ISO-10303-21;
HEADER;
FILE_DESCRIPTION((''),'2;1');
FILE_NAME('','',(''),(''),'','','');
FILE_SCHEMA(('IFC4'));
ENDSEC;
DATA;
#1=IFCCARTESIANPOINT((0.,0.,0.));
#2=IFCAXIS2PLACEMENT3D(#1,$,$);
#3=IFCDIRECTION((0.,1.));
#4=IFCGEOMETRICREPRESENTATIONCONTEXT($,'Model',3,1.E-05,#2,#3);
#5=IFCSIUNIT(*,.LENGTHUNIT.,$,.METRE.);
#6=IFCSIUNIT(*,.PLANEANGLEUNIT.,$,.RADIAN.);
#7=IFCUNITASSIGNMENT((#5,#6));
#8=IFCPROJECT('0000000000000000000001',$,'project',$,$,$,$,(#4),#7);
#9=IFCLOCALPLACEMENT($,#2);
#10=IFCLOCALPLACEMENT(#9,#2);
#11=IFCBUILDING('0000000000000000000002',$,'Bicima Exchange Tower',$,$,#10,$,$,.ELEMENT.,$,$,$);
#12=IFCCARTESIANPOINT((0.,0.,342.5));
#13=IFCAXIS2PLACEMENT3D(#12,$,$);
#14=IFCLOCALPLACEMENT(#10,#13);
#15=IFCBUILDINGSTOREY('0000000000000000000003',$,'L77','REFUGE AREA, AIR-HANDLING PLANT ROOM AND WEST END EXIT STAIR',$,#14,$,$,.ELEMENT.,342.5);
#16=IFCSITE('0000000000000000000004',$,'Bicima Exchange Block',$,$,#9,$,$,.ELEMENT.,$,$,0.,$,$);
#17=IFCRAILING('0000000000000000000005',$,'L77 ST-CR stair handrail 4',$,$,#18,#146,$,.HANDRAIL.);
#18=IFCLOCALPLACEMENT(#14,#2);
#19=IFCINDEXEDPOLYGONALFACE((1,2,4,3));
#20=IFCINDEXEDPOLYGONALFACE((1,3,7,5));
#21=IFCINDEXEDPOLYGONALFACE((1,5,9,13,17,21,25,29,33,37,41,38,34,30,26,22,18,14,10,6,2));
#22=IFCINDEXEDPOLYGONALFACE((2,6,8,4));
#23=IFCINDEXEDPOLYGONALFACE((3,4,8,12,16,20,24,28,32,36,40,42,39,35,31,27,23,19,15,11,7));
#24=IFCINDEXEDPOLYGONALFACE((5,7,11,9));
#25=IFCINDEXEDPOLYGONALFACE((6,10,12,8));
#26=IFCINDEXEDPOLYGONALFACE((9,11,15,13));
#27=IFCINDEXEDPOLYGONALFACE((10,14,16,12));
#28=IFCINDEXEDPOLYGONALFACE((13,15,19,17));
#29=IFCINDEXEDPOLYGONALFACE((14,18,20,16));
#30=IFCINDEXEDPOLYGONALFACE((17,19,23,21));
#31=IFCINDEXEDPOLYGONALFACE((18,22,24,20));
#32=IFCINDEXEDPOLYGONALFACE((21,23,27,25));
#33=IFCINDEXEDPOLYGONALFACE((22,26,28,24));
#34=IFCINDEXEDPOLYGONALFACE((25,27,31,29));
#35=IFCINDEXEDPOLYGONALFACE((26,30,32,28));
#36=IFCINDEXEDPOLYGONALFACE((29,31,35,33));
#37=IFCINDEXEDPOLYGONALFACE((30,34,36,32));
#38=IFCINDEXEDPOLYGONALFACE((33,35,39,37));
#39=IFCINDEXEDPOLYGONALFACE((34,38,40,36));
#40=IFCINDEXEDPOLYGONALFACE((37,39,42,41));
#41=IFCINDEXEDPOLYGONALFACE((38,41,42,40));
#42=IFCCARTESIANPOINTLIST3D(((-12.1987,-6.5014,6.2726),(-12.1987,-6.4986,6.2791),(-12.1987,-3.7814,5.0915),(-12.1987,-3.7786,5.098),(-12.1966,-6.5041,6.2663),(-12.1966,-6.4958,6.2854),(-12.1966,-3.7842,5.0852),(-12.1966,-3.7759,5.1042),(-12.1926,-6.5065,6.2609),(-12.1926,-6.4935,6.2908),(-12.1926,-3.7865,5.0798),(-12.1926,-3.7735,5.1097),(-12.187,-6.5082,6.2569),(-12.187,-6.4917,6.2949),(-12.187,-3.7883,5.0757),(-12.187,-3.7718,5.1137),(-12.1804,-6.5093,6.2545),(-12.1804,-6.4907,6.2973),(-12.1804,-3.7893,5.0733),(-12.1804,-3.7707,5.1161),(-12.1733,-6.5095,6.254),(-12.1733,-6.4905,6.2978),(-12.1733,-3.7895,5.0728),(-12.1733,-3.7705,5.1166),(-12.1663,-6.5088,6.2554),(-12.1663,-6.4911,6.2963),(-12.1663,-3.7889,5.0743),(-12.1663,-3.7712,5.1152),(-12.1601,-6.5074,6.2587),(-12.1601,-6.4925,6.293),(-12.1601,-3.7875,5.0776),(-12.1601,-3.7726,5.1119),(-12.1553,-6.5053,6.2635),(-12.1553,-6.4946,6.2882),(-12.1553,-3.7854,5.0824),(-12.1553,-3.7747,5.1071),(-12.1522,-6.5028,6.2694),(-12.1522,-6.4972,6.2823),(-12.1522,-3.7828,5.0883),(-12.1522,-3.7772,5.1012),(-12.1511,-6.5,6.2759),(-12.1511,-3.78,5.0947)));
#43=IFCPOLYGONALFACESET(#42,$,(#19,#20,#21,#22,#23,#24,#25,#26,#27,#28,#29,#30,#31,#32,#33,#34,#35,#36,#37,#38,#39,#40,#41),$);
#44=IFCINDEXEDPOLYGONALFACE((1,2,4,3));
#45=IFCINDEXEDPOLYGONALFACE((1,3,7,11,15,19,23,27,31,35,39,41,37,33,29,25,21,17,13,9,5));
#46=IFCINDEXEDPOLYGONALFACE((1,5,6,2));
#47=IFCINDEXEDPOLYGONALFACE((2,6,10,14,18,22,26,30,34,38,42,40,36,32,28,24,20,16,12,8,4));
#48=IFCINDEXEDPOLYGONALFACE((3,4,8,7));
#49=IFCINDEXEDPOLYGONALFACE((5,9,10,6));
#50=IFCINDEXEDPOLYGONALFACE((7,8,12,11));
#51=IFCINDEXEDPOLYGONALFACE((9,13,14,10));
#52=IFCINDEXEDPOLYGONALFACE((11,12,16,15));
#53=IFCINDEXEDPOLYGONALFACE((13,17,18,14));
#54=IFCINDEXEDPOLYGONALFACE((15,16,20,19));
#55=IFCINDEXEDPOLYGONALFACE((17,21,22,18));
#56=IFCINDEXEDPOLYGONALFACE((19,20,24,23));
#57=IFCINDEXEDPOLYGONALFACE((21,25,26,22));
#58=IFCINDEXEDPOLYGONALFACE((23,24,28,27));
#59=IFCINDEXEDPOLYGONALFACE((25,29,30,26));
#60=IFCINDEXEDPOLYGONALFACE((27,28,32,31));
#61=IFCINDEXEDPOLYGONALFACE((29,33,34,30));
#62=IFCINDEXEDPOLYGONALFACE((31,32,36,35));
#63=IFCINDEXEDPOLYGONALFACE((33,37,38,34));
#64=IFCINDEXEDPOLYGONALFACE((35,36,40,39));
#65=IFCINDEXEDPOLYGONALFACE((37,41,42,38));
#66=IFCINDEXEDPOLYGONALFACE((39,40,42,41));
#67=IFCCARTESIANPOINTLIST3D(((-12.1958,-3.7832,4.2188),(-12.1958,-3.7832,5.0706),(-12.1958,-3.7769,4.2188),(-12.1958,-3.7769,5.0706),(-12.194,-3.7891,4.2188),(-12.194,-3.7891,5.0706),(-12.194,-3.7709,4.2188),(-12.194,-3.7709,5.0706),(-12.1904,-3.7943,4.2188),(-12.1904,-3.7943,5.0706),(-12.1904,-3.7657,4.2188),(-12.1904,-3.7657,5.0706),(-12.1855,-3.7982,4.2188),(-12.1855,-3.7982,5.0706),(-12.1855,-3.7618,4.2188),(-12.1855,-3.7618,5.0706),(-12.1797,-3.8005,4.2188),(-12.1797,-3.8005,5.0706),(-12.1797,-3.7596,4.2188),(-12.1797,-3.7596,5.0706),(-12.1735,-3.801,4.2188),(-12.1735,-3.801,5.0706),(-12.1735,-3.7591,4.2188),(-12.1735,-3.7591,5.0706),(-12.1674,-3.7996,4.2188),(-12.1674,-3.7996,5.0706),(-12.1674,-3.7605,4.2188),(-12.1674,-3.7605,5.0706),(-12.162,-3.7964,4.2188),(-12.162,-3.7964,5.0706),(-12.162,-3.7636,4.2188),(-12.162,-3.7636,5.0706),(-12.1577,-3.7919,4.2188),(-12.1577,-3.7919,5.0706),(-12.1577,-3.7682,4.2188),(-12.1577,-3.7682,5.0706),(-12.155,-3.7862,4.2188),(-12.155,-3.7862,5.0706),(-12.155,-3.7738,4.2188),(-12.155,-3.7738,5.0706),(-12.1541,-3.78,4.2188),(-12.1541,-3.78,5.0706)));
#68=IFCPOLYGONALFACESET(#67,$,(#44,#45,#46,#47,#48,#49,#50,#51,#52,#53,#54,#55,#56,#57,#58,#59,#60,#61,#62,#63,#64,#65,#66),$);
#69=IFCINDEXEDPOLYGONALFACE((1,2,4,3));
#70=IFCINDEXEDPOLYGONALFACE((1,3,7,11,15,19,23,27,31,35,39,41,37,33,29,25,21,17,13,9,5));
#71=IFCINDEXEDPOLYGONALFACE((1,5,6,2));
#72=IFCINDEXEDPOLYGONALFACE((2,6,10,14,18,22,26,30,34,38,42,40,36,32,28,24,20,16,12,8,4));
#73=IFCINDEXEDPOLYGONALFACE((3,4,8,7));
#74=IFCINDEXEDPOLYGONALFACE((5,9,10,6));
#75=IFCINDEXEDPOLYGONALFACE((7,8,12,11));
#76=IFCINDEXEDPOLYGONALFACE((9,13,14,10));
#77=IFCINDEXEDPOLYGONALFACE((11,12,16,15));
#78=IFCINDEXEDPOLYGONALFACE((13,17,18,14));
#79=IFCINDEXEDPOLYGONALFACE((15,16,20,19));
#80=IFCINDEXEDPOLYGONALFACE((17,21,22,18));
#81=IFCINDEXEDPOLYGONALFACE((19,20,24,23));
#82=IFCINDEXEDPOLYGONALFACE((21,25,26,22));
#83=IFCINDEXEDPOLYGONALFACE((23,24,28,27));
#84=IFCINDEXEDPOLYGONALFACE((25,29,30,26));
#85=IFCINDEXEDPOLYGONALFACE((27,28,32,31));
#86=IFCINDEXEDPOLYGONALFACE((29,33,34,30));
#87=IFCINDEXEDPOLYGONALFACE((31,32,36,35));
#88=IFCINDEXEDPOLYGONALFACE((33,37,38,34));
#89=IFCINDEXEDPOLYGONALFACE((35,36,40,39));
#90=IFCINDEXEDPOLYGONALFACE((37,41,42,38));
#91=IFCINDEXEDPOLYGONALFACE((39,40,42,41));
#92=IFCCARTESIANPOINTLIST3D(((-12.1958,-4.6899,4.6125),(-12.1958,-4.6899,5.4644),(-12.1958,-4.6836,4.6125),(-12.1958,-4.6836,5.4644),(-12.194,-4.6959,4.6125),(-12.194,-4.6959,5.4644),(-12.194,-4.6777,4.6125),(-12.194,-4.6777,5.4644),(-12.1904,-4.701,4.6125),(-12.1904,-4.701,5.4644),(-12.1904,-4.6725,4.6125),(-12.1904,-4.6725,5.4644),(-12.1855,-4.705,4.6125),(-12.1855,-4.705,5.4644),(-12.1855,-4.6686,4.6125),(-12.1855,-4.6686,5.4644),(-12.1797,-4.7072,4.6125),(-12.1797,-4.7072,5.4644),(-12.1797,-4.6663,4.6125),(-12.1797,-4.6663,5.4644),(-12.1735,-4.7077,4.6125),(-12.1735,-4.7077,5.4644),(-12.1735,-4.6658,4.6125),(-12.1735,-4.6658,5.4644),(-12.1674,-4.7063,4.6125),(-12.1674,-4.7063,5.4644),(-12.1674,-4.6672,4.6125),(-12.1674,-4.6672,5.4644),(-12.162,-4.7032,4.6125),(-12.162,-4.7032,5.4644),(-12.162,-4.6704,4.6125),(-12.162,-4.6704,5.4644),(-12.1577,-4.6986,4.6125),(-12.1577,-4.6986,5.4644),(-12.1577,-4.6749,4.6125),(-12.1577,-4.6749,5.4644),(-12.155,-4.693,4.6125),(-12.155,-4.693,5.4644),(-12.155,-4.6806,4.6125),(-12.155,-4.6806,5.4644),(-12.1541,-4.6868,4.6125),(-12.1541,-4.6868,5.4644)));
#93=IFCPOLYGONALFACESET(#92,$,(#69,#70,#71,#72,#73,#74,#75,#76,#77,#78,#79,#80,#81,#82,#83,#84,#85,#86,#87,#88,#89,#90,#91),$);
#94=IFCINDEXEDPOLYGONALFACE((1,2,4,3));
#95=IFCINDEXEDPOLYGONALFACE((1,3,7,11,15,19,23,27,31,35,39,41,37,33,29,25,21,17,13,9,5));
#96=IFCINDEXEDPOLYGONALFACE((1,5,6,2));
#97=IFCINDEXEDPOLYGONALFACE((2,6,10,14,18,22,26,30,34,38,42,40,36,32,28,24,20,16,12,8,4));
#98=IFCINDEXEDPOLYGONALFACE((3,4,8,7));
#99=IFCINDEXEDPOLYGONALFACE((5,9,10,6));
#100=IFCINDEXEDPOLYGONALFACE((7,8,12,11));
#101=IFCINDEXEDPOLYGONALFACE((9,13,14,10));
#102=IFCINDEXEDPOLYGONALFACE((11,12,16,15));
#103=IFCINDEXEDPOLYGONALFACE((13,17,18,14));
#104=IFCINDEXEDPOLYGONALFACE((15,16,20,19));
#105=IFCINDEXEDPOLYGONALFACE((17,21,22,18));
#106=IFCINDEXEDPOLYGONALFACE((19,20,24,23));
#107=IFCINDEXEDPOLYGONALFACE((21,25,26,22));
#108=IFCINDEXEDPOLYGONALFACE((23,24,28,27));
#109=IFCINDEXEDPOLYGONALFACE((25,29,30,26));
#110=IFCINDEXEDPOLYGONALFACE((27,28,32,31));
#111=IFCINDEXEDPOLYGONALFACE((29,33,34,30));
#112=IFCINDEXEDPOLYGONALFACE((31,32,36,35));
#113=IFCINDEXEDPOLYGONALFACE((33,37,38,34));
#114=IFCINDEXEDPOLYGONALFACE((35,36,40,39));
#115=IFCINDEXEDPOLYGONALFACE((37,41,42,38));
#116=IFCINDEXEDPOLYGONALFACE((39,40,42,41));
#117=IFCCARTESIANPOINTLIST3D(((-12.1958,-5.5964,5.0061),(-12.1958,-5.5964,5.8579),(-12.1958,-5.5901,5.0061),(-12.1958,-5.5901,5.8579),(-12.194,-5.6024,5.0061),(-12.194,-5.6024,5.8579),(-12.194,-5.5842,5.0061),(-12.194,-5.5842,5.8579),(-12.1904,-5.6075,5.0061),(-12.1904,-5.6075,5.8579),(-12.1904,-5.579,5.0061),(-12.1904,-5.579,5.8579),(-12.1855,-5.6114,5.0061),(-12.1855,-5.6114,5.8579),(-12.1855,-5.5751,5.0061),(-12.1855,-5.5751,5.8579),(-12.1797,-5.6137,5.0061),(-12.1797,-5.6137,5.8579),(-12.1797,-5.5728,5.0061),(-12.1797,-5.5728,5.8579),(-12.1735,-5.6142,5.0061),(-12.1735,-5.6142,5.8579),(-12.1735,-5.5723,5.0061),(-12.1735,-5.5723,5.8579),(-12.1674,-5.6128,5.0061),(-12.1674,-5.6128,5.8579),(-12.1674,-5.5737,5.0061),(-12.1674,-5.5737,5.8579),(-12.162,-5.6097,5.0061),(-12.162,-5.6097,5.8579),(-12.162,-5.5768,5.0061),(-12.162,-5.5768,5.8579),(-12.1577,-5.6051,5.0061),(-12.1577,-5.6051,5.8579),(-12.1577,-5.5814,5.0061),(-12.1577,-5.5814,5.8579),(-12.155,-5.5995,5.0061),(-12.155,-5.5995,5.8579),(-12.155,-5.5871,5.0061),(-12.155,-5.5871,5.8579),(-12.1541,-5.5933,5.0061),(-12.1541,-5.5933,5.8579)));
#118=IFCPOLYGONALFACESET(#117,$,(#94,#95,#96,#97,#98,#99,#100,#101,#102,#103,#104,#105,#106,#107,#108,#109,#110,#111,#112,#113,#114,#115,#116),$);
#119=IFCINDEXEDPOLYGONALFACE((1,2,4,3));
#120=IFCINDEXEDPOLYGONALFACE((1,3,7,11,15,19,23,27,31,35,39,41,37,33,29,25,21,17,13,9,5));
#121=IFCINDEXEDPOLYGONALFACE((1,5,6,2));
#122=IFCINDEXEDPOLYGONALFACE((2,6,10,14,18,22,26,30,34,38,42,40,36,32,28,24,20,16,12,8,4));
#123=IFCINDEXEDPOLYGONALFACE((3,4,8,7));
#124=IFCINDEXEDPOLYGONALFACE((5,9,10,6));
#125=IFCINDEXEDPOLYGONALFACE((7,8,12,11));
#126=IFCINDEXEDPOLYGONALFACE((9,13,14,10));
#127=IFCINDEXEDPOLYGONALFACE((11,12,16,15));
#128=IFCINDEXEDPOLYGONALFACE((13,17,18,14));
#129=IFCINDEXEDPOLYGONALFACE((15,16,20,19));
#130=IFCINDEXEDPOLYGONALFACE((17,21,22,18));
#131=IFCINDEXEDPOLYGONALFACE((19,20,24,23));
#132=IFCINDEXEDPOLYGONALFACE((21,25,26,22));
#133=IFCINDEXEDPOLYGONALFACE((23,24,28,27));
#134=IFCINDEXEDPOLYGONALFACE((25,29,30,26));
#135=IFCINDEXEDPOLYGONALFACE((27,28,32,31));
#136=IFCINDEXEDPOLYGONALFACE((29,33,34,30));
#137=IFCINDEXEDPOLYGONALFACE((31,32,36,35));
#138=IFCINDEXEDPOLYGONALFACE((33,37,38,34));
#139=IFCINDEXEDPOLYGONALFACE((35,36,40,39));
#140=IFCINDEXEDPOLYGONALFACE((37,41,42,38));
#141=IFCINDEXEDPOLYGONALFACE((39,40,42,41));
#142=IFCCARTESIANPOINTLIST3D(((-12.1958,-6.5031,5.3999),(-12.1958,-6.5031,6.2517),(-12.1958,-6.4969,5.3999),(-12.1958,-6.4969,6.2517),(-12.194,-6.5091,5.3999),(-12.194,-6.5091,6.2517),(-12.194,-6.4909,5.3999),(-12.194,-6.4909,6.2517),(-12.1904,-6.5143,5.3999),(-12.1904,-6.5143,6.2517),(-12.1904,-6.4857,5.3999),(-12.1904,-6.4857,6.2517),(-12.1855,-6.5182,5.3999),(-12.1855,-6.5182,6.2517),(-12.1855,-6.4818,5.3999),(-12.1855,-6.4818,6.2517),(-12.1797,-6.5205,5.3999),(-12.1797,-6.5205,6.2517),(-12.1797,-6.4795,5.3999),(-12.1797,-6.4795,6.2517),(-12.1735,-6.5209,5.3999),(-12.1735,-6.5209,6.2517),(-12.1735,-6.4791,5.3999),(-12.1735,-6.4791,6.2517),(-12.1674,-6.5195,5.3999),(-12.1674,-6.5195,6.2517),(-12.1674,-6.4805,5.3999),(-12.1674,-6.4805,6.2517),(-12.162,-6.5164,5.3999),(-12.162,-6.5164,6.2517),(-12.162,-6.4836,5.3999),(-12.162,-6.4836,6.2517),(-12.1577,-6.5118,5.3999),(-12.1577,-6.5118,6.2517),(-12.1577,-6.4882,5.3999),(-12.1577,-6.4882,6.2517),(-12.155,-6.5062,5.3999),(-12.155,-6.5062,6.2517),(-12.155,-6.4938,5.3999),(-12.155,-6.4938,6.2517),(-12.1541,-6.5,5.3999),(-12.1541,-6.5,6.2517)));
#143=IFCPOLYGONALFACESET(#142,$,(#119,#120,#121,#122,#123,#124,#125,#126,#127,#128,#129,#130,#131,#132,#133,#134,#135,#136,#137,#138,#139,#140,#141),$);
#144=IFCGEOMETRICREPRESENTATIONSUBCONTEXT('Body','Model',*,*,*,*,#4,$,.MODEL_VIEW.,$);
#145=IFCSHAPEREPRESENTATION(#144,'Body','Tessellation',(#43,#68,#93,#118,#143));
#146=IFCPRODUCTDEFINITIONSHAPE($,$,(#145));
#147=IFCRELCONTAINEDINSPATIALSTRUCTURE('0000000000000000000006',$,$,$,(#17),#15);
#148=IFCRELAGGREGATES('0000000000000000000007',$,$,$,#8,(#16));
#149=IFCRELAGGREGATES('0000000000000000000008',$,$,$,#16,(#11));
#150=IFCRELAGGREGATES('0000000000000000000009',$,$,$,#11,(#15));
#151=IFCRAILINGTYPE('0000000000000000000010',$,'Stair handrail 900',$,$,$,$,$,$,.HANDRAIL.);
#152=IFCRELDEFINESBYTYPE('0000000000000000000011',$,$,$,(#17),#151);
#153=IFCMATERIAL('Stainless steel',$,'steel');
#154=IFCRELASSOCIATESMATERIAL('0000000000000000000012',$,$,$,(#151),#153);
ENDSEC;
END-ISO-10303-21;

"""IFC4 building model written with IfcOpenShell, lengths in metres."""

from ifc_helpers import new_model, si_unit, direction, frame, origin, origin_2d, place, context, subcontext, project, spatial, circle, extrude, material, type_object, element, save


model = new_model("IFC4")

# Units and contexts
model_context = context("Model", 3, precision=1e-05, world=origin(), true_north=direction((0.0, 1.0)))
body_context = subcontext(model_context, "Body", "Model", "MODEL_VIEW")
ifc_project = project(units=[si_unit("LENGTHUNIT", "METRE"), si_unit("PLANEANGLEUNIT", "RADIAN")], contexts=[model_context])

# Site, building, storey
site_placement = place(None, origin())
site = spatial("IfcSite", under=ifc_project, at=site_placement, Name="Bicima Exchange Block", CompositionType="ELEMENT", RefElevation=0.0)
building_placement = place(site_placement, origin())
building = spatial("IfcBuilding", under=site, at=building_placement, Name="Bicima Exchange Tower", CompositionType="ELEMENT")
storey_placement = place(building_placement, frame((0.0, 0.0, 342.5)))
storey = spatial("IfcBuildingStorey", under=building, at=storey_placement, Name="L77", Description="REFUGE AREA, AIR-HANDLING PLANT ROOM AND WEST END EXIT STAIR", CompositionType="ELEMENT", Elevation=342.5)

# Railing
ifc_material_1 = material(Name="Stainless steel", Category="steel")
railing_type_1 = type_object("IfcRailingType", Name="Stair handrail 900", PredefinedType="HANDRAIL", material=ifc_material_1)
railing_1_placement = place(storey_placement, frame((-12.175, -3.78, 4.2188)))
element("IfcRailing", 1, at=railing_1_placement, inside=storey, type_object=railing_type_1, Name="L77 ST-CR stair handrail 4", PredefinedType="HANDRAIL", context=body_context, shape_type="SweptSolid", body=[
    extrude(circle(Radius=0.0239, at=origin_2d()), frame((0.0, 0.0, 0.876), z_axis=(0.0, -0.917248, 0.398317), x_axis=(1.0, 0.0, 0.0)), (0.0, 0.0, 1.0), 2.9653),
    extrude(circle(Radius=0.021, at=origin_2d()), origin(), (0.0, 0.0, 1.0), 0.8518),
    extrude(circle(Radius=0.021, at=origin_2d()), frame((0.0, -0.9067, 0.3938)), (0.0, 0.0, 1.0), 0.8518),
    extrude(circle(Radius=0.021, at=origin_2d()), frame((0.0, -1.8132, 0.7874)), (0.0, 0.0, 1.0), 0.8518),
    extrude(circle(Radius=0.021, at=origin_2d()), frame((0.0, -2.72, 1.1812)), (0.0, 0.0, 1.0), 0.8518),
])

save(model, "model.ifc")
